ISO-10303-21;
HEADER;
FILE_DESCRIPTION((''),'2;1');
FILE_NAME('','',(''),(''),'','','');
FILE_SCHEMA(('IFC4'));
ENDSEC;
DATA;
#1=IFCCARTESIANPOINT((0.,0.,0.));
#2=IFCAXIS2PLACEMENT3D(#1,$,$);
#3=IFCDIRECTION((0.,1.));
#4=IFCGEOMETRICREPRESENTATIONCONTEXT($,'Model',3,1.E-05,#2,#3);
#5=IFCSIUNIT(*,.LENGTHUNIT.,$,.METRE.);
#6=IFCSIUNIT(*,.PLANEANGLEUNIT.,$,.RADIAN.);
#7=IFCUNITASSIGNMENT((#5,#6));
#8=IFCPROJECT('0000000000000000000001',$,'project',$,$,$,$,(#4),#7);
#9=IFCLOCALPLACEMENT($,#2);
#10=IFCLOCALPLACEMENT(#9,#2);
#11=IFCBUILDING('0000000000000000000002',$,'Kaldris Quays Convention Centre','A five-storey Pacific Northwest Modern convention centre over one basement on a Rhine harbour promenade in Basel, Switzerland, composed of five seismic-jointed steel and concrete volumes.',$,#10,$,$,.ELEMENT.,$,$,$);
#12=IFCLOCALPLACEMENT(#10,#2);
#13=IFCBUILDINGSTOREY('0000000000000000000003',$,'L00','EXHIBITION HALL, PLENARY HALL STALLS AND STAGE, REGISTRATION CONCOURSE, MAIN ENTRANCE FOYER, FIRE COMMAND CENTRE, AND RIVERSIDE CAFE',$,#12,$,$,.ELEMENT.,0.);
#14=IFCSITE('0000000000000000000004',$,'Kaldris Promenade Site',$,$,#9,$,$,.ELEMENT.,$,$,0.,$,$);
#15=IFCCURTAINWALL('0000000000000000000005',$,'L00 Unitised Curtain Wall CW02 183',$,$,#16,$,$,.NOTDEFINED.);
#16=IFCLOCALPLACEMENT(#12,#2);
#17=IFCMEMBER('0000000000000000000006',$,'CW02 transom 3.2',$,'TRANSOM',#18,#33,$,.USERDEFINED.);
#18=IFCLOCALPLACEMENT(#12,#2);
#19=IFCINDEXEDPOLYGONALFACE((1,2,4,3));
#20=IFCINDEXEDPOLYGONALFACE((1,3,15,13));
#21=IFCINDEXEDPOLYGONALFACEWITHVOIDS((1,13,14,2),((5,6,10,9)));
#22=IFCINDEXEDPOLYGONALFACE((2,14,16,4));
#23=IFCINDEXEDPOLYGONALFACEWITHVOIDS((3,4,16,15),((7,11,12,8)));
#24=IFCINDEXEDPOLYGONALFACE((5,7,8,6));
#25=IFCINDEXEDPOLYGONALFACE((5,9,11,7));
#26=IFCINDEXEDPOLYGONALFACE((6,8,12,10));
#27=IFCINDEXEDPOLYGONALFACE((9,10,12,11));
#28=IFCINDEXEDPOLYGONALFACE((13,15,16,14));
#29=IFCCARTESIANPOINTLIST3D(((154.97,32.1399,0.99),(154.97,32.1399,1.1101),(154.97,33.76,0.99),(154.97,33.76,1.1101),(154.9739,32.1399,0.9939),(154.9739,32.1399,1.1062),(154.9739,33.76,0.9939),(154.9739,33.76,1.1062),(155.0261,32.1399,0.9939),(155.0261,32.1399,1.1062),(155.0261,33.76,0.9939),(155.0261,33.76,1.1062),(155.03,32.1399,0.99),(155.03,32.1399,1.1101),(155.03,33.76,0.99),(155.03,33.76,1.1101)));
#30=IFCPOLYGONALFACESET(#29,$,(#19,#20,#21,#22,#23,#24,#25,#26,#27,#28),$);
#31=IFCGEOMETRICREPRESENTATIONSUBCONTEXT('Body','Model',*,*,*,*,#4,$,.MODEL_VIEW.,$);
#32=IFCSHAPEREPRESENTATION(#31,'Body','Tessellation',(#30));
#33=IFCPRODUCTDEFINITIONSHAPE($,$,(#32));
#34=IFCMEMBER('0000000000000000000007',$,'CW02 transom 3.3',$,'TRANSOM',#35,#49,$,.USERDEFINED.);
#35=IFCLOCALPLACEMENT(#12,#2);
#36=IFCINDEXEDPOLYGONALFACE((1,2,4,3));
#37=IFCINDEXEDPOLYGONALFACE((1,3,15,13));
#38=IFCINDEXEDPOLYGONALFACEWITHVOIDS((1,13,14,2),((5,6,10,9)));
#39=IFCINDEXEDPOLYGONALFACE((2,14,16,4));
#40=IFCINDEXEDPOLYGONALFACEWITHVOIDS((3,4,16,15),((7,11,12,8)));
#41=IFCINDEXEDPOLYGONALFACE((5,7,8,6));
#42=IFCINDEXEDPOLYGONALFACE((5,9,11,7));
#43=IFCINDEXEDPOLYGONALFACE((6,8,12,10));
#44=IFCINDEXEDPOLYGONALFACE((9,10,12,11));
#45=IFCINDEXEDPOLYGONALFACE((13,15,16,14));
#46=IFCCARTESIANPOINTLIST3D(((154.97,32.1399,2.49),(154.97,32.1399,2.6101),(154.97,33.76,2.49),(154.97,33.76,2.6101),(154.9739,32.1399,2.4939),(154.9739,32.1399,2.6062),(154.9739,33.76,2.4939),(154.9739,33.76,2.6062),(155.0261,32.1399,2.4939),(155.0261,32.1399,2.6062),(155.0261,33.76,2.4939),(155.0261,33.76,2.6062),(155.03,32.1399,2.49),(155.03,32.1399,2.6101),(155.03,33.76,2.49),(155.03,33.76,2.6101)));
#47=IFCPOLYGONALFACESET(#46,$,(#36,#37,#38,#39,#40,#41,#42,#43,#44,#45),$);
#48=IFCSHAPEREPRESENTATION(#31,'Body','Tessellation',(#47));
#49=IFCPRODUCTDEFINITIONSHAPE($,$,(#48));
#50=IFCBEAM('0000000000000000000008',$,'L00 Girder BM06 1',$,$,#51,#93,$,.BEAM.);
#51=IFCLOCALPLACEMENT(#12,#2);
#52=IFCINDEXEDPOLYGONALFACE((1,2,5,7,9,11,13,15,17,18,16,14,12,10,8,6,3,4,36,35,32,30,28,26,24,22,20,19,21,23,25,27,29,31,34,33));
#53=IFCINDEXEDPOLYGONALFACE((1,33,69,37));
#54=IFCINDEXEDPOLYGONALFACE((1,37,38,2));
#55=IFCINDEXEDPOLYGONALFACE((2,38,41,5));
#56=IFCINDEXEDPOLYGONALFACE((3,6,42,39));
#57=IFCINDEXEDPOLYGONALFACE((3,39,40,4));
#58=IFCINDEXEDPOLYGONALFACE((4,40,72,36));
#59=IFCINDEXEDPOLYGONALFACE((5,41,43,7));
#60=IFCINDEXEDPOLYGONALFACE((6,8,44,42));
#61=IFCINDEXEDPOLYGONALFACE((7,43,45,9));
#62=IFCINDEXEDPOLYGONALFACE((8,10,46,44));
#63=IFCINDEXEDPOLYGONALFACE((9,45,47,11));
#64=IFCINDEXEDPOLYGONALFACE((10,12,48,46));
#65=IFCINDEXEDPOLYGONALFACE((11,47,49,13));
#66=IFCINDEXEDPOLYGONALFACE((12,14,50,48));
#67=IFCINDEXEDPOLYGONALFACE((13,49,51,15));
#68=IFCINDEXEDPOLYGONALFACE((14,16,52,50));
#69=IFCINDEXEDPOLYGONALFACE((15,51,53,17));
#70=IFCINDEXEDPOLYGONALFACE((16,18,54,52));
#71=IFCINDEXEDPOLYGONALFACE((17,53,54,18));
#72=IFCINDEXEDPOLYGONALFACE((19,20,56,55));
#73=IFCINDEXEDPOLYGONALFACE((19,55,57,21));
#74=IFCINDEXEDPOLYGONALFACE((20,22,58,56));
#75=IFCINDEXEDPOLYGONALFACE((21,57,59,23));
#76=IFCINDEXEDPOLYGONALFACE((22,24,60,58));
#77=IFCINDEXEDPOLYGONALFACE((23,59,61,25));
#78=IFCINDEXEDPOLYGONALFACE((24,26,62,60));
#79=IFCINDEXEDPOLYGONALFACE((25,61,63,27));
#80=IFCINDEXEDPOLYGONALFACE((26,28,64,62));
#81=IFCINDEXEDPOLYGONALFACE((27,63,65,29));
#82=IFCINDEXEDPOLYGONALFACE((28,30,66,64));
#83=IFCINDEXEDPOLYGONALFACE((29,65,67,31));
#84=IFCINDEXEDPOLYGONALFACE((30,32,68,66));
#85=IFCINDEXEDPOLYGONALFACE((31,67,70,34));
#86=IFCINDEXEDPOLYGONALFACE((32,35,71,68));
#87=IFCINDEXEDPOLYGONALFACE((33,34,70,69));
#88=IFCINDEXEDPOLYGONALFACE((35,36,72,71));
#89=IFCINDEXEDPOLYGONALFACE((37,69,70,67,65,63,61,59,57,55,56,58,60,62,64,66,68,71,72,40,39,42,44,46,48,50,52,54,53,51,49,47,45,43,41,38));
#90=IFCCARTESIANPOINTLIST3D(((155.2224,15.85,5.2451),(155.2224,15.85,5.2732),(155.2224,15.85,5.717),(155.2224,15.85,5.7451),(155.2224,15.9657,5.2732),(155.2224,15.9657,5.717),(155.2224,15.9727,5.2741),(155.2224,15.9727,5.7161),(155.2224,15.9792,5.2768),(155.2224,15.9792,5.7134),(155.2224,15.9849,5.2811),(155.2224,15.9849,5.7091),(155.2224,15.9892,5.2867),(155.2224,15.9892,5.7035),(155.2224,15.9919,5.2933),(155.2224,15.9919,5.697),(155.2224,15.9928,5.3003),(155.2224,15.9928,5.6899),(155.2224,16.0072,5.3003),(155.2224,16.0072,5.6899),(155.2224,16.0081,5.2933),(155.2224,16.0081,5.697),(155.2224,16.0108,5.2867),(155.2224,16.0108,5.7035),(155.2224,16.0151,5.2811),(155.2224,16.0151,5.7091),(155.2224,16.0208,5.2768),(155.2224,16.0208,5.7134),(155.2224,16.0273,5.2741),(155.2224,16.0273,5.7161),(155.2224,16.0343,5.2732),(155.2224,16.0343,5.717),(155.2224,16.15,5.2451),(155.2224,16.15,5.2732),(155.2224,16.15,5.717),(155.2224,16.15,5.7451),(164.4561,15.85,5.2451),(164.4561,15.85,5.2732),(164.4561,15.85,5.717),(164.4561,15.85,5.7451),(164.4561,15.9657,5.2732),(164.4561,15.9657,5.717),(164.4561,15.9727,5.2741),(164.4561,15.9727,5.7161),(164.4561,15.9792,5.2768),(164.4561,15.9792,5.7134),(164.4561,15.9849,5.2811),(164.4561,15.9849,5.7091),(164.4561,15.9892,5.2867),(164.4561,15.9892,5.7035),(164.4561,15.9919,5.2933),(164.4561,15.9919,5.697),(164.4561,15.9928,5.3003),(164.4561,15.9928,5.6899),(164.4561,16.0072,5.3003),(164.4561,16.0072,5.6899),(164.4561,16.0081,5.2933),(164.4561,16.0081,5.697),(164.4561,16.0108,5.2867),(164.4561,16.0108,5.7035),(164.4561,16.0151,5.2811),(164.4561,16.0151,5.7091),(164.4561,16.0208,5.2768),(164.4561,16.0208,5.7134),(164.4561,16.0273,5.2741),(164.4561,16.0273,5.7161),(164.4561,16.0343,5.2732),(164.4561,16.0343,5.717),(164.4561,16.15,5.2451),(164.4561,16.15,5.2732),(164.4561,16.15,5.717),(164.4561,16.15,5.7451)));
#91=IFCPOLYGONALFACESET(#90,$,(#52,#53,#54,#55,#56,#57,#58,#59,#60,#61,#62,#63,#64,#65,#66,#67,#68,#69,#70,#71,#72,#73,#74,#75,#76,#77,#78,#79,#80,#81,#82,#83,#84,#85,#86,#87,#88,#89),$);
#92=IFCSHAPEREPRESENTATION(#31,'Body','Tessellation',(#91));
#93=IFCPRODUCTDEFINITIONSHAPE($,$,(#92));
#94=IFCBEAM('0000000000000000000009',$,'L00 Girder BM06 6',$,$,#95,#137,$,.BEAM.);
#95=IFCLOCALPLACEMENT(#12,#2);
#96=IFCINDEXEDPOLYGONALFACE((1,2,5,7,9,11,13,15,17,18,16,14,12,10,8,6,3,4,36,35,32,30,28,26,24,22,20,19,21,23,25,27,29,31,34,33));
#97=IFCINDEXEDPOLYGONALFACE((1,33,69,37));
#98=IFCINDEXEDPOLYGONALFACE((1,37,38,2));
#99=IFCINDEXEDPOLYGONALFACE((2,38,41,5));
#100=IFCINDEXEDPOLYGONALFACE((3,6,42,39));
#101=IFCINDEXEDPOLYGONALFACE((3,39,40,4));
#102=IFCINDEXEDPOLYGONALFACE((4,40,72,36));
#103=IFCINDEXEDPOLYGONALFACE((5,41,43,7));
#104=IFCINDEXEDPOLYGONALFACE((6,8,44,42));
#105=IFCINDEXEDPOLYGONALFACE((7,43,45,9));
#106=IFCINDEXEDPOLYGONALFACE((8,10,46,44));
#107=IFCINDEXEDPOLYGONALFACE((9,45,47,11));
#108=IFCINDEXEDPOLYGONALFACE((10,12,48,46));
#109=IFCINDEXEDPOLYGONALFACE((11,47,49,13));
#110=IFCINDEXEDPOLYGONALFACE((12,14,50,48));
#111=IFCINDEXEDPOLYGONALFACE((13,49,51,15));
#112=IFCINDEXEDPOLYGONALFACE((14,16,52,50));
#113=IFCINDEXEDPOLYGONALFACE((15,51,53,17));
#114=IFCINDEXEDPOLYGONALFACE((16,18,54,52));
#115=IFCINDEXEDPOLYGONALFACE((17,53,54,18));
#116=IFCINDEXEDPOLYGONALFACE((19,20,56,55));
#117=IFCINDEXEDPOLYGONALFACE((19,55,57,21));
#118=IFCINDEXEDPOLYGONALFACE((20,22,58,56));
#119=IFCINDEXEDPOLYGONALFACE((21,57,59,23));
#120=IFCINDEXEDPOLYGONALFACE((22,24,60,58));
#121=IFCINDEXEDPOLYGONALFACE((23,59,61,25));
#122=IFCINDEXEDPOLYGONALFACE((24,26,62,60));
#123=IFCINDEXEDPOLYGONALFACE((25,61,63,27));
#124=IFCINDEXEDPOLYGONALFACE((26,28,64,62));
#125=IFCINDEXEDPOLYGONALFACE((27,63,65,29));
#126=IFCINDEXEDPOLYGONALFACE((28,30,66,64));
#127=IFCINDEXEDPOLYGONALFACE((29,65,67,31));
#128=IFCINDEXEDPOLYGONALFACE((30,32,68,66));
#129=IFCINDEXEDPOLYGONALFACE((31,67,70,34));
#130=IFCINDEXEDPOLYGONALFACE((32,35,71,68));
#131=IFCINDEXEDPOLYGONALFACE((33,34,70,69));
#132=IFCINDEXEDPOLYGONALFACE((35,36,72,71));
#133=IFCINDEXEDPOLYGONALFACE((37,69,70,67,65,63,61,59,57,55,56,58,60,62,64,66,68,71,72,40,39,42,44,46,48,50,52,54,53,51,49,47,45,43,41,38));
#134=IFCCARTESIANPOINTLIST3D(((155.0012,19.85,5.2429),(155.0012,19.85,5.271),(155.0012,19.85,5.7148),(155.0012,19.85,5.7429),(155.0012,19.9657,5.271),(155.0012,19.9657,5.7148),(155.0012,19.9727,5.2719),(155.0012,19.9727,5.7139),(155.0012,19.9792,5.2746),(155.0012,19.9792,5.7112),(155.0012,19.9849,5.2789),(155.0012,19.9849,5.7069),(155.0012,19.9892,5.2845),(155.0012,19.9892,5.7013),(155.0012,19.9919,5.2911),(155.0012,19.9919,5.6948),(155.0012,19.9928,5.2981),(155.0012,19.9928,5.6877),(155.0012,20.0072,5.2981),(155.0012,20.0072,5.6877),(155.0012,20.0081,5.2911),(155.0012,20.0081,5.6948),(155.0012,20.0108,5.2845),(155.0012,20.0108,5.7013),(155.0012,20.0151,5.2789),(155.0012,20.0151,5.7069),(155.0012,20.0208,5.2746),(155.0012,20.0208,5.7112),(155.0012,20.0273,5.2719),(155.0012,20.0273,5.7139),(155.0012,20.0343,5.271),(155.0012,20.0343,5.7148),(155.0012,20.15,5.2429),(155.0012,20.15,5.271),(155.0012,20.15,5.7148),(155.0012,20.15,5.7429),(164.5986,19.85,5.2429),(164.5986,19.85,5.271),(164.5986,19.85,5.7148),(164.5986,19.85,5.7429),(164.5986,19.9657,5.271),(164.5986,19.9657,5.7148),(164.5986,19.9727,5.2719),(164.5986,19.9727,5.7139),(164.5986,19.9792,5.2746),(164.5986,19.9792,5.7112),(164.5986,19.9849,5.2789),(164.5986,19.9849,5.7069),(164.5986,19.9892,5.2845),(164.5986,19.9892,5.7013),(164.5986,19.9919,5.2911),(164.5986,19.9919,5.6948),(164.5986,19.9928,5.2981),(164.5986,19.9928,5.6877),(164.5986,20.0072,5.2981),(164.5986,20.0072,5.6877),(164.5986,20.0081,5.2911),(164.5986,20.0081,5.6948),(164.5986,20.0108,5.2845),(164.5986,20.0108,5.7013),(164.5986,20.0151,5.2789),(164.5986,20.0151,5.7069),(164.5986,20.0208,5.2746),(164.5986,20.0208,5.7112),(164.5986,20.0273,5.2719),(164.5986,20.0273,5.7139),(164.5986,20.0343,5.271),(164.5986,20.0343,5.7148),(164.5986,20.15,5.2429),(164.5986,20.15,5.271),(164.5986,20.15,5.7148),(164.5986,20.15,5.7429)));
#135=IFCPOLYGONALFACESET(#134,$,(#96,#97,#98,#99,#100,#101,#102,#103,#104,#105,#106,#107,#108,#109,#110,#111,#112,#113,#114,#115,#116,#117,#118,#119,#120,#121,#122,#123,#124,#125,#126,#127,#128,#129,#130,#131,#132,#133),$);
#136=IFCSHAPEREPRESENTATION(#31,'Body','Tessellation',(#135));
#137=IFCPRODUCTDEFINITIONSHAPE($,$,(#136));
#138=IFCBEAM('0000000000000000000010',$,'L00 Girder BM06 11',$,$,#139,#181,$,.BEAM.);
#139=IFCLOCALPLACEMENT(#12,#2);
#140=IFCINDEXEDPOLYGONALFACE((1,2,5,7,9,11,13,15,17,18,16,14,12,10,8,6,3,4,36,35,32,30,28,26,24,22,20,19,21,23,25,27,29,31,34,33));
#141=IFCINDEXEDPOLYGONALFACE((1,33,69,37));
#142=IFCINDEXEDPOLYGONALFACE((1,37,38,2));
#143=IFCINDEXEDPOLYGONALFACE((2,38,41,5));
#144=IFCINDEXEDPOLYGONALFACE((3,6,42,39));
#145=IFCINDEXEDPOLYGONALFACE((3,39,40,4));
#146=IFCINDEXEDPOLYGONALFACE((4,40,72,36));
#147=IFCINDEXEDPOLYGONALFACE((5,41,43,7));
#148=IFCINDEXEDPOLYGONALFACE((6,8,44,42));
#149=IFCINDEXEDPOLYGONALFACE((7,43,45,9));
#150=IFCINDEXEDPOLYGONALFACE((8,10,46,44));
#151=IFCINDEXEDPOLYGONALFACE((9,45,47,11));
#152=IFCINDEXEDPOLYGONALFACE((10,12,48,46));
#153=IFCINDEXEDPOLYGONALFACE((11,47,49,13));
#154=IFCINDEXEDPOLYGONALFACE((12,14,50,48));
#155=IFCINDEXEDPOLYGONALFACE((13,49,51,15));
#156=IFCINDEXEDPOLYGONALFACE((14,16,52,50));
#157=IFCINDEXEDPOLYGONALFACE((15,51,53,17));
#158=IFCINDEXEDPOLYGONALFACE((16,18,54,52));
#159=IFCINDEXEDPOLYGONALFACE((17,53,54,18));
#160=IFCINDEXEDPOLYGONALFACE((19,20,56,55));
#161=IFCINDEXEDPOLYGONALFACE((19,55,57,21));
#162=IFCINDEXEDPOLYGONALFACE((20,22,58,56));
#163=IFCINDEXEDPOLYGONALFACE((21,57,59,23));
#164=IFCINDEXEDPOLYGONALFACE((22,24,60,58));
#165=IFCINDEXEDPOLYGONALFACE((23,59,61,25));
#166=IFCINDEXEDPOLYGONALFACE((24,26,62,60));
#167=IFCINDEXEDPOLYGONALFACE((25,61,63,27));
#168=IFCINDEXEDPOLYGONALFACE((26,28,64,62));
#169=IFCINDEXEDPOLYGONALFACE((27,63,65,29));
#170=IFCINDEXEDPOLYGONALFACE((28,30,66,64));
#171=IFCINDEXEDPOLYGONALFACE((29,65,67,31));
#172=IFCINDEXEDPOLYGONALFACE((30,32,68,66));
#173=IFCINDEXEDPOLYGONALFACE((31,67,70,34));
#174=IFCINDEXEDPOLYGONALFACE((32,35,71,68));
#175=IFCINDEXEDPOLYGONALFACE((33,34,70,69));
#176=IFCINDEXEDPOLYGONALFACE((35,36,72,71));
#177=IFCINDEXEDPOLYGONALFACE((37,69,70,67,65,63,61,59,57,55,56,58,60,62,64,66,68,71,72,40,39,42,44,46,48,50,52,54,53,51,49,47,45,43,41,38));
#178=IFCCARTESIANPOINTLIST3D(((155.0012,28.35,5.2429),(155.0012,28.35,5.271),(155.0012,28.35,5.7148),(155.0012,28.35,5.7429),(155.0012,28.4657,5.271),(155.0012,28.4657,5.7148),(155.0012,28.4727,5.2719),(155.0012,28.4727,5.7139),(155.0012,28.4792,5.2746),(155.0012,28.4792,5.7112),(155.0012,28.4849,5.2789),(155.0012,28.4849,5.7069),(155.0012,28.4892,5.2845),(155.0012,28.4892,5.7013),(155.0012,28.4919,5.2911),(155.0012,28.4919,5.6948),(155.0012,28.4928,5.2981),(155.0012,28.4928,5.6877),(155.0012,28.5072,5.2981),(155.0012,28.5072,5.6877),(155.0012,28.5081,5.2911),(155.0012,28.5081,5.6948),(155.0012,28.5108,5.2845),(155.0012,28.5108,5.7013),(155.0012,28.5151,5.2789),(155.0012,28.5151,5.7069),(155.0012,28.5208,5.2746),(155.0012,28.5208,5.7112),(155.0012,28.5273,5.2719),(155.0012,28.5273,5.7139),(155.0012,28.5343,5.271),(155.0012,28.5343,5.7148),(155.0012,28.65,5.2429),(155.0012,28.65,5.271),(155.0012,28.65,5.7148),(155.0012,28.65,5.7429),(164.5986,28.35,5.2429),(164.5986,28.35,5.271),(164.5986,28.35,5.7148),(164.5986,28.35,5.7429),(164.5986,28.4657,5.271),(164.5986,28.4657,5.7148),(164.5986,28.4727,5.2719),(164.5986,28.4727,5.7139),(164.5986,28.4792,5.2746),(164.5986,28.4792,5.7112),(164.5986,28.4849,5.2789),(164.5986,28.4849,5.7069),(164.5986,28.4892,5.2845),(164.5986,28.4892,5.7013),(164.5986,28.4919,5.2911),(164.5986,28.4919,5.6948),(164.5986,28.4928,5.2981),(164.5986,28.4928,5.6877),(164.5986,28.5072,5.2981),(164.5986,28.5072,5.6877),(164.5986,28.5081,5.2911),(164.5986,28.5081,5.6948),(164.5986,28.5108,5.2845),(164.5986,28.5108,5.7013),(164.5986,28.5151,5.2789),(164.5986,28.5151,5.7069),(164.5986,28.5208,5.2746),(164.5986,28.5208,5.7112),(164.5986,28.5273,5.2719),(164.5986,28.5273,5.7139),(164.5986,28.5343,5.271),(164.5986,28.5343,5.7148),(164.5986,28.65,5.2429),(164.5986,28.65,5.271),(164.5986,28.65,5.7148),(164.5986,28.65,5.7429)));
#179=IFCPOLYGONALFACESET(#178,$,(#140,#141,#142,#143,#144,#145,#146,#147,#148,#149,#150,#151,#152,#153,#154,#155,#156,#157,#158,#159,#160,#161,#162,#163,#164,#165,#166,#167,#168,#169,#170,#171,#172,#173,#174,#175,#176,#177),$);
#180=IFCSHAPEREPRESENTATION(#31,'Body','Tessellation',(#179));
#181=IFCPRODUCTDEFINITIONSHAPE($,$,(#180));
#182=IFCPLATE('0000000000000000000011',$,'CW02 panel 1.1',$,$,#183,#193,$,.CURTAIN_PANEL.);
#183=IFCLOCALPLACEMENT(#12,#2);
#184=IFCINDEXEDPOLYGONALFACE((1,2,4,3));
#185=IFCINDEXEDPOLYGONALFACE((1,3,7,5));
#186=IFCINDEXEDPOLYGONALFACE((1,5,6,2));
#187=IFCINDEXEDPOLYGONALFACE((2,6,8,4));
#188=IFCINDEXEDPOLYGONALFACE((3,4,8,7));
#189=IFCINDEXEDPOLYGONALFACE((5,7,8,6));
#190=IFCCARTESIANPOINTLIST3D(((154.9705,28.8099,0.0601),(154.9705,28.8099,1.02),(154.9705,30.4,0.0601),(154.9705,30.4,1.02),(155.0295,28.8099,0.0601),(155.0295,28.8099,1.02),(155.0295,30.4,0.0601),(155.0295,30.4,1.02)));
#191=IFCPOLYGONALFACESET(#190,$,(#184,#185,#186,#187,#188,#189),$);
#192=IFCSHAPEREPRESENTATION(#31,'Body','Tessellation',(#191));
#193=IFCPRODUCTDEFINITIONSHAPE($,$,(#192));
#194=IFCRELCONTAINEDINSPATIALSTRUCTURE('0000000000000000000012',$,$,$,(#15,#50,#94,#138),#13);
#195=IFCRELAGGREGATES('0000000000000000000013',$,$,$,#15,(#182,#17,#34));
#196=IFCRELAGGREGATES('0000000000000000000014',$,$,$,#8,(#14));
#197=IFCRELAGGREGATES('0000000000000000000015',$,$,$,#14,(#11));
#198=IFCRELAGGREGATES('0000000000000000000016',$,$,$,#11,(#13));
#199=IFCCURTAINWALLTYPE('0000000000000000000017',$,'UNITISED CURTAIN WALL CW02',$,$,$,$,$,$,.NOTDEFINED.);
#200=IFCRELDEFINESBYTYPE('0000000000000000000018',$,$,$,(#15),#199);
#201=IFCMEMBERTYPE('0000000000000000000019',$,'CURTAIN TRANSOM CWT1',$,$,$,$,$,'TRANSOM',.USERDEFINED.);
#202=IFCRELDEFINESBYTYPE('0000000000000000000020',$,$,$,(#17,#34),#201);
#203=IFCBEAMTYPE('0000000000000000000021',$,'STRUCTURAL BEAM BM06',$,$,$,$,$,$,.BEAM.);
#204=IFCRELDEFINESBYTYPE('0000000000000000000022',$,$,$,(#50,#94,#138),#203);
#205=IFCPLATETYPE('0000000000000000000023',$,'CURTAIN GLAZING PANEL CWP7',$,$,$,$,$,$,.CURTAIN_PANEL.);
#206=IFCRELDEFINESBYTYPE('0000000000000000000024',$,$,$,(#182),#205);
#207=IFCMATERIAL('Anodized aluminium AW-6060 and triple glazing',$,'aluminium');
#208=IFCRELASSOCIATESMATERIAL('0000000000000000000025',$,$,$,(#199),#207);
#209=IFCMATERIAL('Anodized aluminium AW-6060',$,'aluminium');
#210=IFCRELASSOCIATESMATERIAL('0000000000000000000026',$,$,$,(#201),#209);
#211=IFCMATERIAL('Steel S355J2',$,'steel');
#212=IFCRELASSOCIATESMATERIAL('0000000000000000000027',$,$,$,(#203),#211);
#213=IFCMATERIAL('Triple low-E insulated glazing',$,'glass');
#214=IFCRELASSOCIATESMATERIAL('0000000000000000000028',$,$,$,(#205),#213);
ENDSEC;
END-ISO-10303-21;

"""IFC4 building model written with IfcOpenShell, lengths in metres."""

from ifc_helpers import new_model, si_unit, direction, frame, origin, origin_2d, place, context, subcontext, project, spatial, rectangle, hollow_rectangle, i_section, extrude, material, material_profile, profile_set, type_object, element, aggregate, save


model = new_model("IFC4")

# Units and contexts
model_context = context("Model", 3, precision=1e-05, world=origin(), true_north=direction((0.0, 1.0)))
body_context = subcontext(model_context, "Body", "Model", "MODEL_VIEW")
ifc_project = project(units=[si_unit("LENGTHUNIT", "METRE"), si_unit("PLANEANGLEUNIT", "RADIAN")], contexts=[model_context])

# Site, building, storey
site_placement = place(None, origin())
site = spatial("IfcSite", under=ifc_project, at=site_placement, Name="Kaldris Promenade Site", CompositionType="ELEMENT", RefElevation=0.0)
building_placement = place(site_placement, origin())
building = spatial("IfcBuilding", under=site, at=building_placement, Name="Kaldris Quays Convention Centre", Description="A five-storey Pacific Northwest Modern convention centre over one basement on a Rhine harbour promenade in Basel, Switzerland, composed of five seismic-jointed steel and concrete volumes.", CompositionType="ELEMENT")
storey_placement = place(building_placement, origin())
storey = spatial("IfcBuildingStorey", under=building, at=storey_placement, Name="L00", Description="EXHIBITION HALL, PLENARY HALL STALLS AND STAGE, REGISTRATION CONCOURSE, MAIN ENTRANCE FOYER, FIRE COMMAND CENTRE, AND RIVERSIDE CAFE", CompositionType="ELEMENT", Elevation=0.0)

# Curtain wall, members
ifc_material_1 = material(Name="Anodized aluminium AW-6060 and triple glazing", Category="aluminium")
curtain_wall_type = type_object("IfcCurtainWallType", Name="UNITISED CURTAIN WALL CW02", PredefinedType="NOTDEFINED", material=ifc_material_1)
curtain_wall_placement = place(storey_placement, origin())
curtain_wall = element("IfcCurtainWall", 1, at=curtain_wall_placement, inside=storey, type_object=curtain_wall_type, Name="L00 Unitised Curtain Wall CW02 183", PredefinedType="NOTDEFINED")
ifc_material_2 = material(Name="Anodized aluminium AW-6060", Category="aluminium")
ifc_material_profile_1 = material_profile(ifc_material_2, hollow_rectangle(XDim=0.0601, YDim=0.1201, WallThickness=0.0039, at=origin_2d()), Name="RHS 120x60x4")
ifc_profile_set_1 = profile_set([ifc_material_profile_1], Name="Anodized aluminium AW-6060")
member_type_1 = type_object("IfcMemberType", Name="CURTAIN TRANSOM CWT1", ElementType="TRANSOM", PredefinedType="USERDEFINED", material=ifc_profile_set_1)
member_1_placement = place(storey_placement, frame((155.0, 32.1399, 1.05), z_axis=(0.0, 1.0, 0.0), x_axis=(-1.0, 0.0, 0.0)))
member_1 = element("IfcMember", 2, at=member_1_placement, type_object=member_type_1, Name="CW02 transom 3.2", ObjectType="TRANSOM", PredefinedType="USERDEFINED", context=body_context, shape_type="SweptSolid", body=[
    extrude(hollow_rectangle(XDim=0.0601, YDim=0.1201, WallThickness=0.0039, at=origin_2d()), origin(), (0.0, 0.0, 1.0), 1.6201),
])
member_2_placement = place(storey_placement, frame((155.0, 32.1399, 2.55), z_axis=(0.0, 1.0, 0.0), x_axis=(-1.0, 0.0, 0.0)))
member_2 = element("IfcMember", 3, at=member_2_placement, type_object=member_type_1, Name="CW02 transom 3.3", ObjectType="TRANSOM", PredefinedType="USERDEFINED", context=body_context, shape_type="SweptSolid", body=[
    extrude(hollow_rectangle(XDim=0.0601, YDim=0.1201, WallThickness=0.0039, at=origin_2d()), origin(), (0.0, 0.0, 1.0), 1.6201),
])

# Beams
ifc_material_3 = material(Name="Steel S355J2", Category="steel")
ifc_material_profile_2 = material_profile(ifc_material_3, i_section(OverallWidth=0.3, OverallDepth=0.5, WebThickness=0.0144, FlangeThickness=0.0281, FilletRadius=0.0271, at=origin_2d()), Name="HEB 500")
ifc_profile_set_2 = profile_set([ifc_material_profile_2], Name="Steel S355J2")
beam_type = type_object("IfcBeamType", Name="STRUCTURAL BEAM BM06", PredefinedType="BEAM", material=ifc_profile_set_2)
beam_placement = place(storey_placement, frame((155.2224, 16.0, 5.4951), z_axis=(1.0, 0.0, 0.0), x_axis=(0.0, 1.0, 0.0)))
element("IfcBeam", 4, at=beam_placement, inside=storey, type_object=beam_type, Name="L00 Girder BM06 1", PredefinedType="BEAM", context=body_context, shape_type="SweptSolid", body=[
    extrude(i_section(OverallWidth=0.3, OverallDepth=0.5, WebThickness=0.0144, FlangeThickness=0.0281, FilletRadius=0.0271, at=origin_2d()), origin(), (0.0, 0.0, 1.0), 9.2336),
])
for number, where, z_axis, x_axis, name in (
    (5, (155.0012, 20.0, 5.4929), (1.0, 0.0, 0.0), (0.0, 1.0, 0.0), "L00 Girder BM06 6"),
    (6, (155.0012, 28.5, 5.4929), (1.0, 0.0, 0.0), (0.0, 1.0, 0.0), "L00 Girder BM06 11"),
):
    element("IfcBeam", number, at=place(storey_placement, frame(where, z_axis=z_axis, x_axis=x_axis)), inside=storey, type_object=beam_type, Name=name, PredefinedType="BEAM", context=body_context, shape_type="SweptSolid", body=[
        extrude(i_section(OverallWidth=0.3, OverallDepth=0.5, WebThickness=0.0144, FlangeThickness=0.0281, FilletRadius=0.0271, at=origin_2d()), origin(), (0.0, 0.0, 1.0), 9.5974),
    ])

# Plate
ifc_material_4 = material(Name="Triple low-E insulated glazing", Category="glass")
plate_type = type_object("IfcPlateType", Name="CURTAIN GLAZING PANEL CWP7", PredefinedType="CURTAIN_PANEL", material=ifc_material_4)
plate_1_placement = place(storey_placement, frame((155.0, 29.605, 0.0601), z_axis=(0.0, 0.0, 1.0), x_axis=(0.0, 1.0, 0.0)))
plate_1 = element("IfcPlate", 7, at=plate_1_placement, type_object=plate_type, Name="CW02 panel 1.1", PredefinedType="CURTAIN_PANEL", context=body_context, shape_type="SweptSolid", body=[
    extrude(rectangle(XDim=1.5901, YDim=0.0591, at=origin_2d()), origin(), (0.0, 0.0, 1.0), 0.96),
])
aggregate(curtain_wall, [plate_1, member_1, member_2])

save(model, "model.ifc")
